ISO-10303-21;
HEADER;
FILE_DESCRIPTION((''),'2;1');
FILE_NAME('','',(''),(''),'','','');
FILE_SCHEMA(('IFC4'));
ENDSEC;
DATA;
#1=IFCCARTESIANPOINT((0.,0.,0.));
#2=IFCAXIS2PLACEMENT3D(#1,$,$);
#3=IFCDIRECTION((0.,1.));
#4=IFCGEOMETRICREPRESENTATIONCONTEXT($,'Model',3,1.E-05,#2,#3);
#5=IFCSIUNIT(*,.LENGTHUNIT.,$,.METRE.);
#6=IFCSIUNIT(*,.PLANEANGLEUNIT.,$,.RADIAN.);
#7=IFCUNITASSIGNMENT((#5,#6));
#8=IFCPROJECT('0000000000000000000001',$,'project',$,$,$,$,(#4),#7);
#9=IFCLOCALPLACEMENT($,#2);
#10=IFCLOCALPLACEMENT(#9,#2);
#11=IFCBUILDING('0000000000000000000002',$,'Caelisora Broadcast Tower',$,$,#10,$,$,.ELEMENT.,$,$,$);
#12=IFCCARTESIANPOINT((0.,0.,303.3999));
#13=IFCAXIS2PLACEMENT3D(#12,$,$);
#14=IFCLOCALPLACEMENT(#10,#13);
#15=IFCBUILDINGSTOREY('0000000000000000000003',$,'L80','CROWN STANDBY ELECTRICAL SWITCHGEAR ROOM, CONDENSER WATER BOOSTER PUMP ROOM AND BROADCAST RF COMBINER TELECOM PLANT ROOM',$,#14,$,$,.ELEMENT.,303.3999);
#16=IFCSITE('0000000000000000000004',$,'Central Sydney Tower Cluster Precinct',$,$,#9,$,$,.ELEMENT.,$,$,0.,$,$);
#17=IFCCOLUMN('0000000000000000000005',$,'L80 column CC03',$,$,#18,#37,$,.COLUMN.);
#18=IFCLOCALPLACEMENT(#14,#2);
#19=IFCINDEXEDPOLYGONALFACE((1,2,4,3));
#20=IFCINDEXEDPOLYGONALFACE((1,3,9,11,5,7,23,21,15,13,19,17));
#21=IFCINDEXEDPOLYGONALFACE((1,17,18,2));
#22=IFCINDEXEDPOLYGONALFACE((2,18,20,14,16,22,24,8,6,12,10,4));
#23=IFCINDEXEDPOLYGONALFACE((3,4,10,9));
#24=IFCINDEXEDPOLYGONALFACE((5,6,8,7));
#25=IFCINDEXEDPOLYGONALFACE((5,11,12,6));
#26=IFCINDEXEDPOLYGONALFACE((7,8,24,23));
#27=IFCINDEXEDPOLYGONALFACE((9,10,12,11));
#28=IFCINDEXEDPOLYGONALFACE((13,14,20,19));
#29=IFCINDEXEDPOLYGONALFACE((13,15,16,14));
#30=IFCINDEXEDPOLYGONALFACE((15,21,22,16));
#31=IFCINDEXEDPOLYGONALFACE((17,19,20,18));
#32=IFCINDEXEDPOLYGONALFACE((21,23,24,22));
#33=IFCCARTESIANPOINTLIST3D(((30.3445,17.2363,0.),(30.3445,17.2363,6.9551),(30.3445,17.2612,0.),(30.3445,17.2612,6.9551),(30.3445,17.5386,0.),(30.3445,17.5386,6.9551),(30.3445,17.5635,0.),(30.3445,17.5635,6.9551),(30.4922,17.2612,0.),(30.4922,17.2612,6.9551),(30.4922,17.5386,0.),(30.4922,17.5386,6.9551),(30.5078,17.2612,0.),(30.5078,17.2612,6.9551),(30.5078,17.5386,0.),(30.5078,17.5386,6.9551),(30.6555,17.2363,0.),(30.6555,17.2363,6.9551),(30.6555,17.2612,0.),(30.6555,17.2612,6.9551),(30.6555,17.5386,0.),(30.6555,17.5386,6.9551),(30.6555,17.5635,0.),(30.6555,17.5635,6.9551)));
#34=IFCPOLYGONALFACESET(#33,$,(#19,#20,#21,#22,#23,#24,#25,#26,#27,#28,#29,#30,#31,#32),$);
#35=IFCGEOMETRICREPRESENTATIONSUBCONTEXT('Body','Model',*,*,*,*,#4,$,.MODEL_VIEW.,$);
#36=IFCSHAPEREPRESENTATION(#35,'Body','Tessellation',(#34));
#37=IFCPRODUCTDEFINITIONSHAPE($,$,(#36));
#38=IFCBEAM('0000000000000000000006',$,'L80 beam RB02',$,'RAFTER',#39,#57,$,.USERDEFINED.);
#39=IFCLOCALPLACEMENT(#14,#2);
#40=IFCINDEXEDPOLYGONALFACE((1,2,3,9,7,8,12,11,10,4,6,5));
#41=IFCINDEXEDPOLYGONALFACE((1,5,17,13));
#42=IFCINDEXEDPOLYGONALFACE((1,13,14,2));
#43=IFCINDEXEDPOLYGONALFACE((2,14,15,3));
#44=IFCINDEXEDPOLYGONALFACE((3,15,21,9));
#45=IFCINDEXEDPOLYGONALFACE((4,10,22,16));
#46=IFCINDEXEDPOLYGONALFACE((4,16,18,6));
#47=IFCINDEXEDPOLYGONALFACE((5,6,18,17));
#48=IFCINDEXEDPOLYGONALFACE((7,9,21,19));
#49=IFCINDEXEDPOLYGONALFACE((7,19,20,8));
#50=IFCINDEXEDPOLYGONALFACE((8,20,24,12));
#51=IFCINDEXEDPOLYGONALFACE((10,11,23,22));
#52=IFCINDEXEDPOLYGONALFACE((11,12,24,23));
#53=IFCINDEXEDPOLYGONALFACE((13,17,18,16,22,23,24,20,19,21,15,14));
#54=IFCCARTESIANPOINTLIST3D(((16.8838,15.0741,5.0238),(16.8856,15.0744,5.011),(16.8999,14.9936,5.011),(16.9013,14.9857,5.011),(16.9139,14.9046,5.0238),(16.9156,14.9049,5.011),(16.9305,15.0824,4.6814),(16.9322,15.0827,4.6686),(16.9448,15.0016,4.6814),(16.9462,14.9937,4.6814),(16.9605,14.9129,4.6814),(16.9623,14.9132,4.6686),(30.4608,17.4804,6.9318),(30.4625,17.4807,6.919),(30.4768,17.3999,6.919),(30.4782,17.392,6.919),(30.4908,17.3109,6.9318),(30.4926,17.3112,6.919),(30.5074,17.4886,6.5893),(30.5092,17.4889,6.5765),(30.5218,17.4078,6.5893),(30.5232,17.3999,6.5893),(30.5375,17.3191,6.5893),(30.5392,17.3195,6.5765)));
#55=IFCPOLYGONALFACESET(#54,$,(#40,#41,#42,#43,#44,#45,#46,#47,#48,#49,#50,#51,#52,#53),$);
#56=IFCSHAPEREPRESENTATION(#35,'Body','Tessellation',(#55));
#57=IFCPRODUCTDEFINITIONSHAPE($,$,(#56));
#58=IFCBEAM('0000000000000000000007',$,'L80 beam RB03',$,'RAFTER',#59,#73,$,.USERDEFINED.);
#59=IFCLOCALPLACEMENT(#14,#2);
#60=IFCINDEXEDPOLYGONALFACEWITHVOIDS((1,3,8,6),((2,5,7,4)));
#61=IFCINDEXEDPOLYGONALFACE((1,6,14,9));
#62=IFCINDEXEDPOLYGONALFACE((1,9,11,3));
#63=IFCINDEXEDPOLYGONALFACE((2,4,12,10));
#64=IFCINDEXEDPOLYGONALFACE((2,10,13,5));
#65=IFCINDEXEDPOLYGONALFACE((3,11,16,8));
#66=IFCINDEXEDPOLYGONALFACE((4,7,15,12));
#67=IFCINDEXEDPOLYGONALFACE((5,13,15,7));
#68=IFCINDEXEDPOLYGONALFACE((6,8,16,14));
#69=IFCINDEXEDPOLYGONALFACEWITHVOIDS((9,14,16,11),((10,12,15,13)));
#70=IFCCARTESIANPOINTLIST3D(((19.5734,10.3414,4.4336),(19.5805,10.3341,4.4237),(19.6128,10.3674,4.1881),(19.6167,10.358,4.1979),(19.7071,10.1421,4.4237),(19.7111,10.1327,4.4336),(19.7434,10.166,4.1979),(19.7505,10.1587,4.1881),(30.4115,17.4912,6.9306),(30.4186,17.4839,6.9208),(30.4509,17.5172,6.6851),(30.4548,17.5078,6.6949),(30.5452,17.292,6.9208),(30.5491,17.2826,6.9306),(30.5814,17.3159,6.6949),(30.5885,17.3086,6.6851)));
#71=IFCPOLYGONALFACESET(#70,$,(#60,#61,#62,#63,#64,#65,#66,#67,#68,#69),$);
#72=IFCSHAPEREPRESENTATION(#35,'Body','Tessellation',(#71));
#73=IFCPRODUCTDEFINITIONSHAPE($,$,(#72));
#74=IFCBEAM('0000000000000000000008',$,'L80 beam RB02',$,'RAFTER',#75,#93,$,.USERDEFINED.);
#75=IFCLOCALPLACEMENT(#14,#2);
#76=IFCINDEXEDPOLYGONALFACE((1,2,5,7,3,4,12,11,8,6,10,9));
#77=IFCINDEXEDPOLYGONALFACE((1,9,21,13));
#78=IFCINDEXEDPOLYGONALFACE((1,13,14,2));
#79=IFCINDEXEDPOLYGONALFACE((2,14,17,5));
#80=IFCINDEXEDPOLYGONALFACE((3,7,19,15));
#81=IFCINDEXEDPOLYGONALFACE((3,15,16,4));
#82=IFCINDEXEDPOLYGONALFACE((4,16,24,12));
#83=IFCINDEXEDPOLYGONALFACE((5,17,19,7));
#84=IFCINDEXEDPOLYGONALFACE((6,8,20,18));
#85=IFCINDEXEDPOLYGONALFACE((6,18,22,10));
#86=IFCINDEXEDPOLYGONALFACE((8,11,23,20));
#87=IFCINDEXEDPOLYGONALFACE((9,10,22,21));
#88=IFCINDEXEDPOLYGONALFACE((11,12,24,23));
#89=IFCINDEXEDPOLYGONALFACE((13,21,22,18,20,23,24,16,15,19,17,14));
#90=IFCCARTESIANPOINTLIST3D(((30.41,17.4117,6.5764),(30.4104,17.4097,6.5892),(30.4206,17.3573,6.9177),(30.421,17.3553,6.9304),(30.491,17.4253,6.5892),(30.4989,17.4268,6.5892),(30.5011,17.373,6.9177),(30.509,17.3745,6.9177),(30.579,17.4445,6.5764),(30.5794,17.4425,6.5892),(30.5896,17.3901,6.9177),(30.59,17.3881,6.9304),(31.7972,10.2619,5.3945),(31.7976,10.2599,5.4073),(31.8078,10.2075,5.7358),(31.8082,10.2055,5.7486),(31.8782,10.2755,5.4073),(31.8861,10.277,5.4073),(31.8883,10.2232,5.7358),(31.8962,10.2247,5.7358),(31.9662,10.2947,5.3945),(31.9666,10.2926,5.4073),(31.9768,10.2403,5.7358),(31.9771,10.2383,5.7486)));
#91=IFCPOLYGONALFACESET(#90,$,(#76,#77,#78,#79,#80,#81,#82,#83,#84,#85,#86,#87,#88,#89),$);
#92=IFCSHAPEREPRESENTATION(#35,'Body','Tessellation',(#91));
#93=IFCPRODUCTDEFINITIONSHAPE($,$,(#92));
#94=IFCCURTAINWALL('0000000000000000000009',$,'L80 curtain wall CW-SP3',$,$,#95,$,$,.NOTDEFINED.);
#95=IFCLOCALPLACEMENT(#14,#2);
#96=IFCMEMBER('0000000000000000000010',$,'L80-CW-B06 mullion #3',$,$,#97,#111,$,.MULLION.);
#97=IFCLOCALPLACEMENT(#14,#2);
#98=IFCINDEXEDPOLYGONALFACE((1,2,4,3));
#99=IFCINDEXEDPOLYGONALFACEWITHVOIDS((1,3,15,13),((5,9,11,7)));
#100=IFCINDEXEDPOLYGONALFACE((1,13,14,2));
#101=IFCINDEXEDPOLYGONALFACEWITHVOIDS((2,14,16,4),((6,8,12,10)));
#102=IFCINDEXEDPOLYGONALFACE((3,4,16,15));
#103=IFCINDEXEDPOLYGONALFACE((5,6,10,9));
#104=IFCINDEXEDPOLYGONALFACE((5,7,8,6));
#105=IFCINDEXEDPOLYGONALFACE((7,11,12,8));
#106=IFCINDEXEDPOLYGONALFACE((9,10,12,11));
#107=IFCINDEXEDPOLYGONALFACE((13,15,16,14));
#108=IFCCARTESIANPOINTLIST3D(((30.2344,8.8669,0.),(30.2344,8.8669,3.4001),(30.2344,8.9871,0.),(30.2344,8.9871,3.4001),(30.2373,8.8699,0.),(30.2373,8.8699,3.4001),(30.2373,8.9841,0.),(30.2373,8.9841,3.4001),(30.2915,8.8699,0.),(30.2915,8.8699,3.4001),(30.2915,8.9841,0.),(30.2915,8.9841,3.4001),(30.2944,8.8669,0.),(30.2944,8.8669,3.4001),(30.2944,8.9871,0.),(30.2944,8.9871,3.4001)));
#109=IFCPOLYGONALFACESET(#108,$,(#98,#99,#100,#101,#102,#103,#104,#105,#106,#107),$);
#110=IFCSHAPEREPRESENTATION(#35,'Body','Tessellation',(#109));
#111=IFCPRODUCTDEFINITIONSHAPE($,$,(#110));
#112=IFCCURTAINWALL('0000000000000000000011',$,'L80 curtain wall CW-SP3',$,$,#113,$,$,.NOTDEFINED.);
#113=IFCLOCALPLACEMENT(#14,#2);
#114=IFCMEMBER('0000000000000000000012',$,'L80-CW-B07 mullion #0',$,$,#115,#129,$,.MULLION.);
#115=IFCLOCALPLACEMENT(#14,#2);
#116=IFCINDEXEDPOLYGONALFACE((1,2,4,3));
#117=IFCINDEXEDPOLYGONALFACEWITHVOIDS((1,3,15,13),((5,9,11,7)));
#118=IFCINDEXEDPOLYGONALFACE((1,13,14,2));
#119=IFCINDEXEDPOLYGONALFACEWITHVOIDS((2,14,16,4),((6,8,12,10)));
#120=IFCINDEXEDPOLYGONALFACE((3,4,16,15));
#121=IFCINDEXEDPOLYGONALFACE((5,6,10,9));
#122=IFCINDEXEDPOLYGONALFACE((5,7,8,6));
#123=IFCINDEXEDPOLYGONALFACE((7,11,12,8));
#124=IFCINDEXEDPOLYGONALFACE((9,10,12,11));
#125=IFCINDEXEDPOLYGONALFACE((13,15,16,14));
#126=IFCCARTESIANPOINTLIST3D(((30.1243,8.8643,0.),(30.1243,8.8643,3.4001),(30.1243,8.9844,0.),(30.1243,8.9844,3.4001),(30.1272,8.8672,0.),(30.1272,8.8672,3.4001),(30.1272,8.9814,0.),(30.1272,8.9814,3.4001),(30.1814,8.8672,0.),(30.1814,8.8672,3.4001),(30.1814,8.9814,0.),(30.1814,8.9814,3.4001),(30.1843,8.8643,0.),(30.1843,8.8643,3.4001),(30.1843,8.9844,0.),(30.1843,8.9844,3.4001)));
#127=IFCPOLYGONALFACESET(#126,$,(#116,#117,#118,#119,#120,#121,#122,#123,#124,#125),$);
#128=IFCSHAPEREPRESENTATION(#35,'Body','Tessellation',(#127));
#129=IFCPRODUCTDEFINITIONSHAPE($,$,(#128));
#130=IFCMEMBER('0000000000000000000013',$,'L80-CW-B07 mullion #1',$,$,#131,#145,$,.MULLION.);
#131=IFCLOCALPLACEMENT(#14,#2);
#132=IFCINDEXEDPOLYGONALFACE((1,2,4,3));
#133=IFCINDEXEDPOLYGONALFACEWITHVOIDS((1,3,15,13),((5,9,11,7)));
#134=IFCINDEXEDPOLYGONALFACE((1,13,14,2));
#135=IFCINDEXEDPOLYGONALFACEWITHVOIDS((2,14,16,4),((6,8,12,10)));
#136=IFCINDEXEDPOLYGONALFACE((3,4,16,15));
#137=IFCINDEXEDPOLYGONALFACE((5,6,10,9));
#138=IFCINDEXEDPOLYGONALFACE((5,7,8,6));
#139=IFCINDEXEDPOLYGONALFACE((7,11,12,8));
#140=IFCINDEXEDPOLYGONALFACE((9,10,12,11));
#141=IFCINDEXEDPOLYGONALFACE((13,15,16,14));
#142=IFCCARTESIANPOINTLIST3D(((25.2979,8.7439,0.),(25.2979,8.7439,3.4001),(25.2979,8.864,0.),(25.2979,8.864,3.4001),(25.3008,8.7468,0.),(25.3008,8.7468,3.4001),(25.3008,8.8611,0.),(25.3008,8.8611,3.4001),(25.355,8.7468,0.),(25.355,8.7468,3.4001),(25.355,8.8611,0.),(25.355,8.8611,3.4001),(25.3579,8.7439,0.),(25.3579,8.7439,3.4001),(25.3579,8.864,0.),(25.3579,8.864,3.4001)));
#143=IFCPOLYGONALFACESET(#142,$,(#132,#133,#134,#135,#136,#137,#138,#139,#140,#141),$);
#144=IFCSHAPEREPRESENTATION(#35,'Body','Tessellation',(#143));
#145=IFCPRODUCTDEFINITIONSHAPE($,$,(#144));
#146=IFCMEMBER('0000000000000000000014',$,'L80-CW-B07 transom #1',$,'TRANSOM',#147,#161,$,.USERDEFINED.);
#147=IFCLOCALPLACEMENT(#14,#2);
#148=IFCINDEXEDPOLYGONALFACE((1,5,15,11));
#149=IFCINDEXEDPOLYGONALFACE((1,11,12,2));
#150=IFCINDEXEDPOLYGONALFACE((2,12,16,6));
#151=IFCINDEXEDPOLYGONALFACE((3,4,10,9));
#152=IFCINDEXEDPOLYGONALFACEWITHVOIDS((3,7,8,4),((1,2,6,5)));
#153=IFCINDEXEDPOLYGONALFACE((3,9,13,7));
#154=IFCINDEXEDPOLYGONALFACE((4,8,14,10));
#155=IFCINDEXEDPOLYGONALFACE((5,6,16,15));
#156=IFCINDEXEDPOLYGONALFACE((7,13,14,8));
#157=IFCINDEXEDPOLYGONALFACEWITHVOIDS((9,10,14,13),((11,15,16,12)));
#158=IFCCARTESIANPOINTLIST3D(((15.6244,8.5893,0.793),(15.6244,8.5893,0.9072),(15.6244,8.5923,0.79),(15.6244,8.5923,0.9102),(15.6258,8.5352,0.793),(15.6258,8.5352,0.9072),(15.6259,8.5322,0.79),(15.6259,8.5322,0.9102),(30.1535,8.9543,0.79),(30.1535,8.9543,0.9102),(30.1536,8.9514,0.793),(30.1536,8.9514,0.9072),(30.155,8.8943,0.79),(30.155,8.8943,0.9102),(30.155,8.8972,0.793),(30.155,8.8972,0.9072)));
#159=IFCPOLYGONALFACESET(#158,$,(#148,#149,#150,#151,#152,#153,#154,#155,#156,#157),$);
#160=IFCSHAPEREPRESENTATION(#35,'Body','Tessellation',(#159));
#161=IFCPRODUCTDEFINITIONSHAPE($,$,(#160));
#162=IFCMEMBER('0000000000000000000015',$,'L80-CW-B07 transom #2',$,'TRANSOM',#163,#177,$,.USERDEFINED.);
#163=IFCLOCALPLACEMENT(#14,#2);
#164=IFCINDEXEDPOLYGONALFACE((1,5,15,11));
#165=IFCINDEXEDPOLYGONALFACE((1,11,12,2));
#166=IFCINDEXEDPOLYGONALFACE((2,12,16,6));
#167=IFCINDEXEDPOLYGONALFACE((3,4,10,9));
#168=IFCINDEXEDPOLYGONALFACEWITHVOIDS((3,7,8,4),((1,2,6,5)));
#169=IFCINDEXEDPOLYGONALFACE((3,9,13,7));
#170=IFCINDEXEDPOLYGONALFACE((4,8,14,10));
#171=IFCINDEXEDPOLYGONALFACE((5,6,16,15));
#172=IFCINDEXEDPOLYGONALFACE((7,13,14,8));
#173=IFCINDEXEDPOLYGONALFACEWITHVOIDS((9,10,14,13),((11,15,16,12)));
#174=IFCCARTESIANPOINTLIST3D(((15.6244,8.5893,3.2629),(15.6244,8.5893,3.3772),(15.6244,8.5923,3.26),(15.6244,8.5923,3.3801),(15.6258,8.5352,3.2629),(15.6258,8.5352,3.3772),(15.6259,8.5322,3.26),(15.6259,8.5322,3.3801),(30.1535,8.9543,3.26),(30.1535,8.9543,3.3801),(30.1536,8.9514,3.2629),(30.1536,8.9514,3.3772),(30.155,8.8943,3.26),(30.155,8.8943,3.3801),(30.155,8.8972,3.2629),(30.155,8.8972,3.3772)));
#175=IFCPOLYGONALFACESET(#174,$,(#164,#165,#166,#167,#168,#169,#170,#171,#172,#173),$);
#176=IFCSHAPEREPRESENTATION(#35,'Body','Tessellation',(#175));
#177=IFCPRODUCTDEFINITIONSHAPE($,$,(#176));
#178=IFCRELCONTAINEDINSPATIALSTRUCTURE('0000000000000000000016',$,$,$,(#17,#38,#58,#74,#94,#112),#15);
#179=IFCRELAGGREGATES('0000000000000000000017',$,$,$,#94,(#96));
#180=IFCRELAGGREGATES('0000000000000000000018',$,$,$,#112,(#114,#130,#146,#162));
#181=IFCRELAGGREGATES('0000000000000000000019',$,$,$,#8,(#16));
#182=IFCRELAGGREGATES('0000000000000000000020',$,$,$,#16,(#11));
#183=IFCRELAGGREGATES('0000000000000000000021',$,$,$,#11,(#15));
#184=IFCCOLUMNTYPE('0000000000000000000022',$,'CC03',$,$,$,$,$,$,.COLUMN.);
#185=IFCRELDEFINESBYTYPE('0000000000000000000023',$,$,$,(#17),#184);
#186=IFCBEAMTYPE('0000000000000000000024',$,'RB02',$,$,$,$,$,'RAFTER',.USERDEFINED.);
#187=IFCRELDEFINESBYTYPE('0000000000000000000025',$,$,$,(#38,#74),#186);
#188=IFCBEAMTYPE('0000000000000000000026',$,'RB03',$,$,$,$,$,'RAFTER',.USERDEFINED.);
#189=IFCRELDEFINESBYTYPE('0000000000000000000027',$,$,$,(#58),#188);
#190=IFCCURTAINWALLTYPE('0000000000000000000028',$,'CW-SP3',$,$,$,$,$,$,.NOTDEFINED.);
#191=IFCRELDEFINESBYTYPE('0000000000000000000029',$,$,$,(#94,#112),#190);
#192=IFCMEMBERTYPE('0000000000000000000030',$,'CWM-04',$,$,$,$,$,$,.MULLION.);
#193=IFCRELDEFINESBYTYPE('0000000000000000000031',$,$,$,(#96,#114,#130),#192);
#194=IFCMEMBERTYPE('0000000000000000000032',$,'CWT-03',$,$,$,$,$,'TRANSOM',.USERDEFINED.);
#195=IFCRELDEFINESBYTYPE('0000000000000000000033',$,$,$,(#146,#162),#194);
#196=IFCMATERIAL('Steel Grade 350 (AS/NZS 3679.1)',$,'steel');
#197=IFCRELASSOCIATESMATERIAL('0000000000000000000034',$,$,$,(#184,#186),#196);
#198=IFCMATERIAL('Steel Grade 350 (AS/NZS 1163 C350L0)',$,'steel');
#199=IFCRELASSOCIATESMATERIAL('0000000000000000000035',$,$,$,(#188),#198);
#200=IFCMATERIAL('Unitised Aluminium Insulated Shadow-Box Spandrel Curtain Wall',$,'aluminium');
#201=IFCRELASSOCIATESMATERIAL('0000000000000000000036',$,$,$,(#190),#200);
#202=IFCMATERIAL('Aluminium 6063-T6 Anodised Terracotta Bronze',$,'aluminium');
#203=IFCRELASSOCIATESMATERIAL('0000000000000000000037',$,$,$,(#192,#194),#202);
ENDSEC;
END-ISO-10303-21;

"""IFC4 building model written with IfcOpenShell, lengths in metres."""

from ifc_helpers import new_model, si_unit, direction, frame, origin, origin_2d, place, context, subcontext, project, spatial, hollow_rectangle, i_section, extrude, source, transform, mapped, material, material_profile, profile_set, type_object, type_shapes, element, aggregate, save


model = new_model("IFC4")

# Units and contexts
model_context = context("Model", 3, precision=1e-05, world=origin(), true_north=direction((0.0, 1.0)))
body_context = subcontext(model_context, "Body", "Model", "MODEL_VIEW")
ifc_project = project(units=[si_unit("LENGTHUNIT", "METRE"), si_unit("PLANEANGLEUNIT", "RADIAN")], contexts=[model_context])

# Site, building, storey
site_placement = place(None, origin())
site = spatial("IfcSite", under=ifc_project, at=site_placement, Name="Central Sydney Tower Cluster Precinct", CompositionType="ELEMENT", RefElevation=0.0)
building_placement = place(site_placement, origin())
building = spatial("IfcBuilding", under=site, at=building_placement, Name="Caelisora Broadcast Tower", CompositionType="ELEMENT")
storey_placement = place(building_placement, frame((0.0, 0.0, 303.3999)))
storey = spatial("IfcBuildingStorey", under=building, at=storey_placement, Name="L80", Description="CROWN STANDBY ELECTRICAL SWITCHGEAR ROOM, CONDENSER WATER BOOSTER PUMP ROOM AND BROADCAST RF COMBINER TELECOM PLANT ROOM", CompositionType="ELEMENT", Elevation=303.3999)

# Column
ifc_material_1 = material(Name="Steel Grade 350 (AS/NZS 3679.1)", Category="steel")
ifc_material_profile_1 = material_profile(ifc_material_1, i_section(OverallWidth=0.311, OverallDepth=0.3271, WebThickness=0.0156, FlangeThickness=0.0249, at=origin_2d()), Name="Steel Grade 350 (AS/NZS 3679.1)")
ifc_profile_set_1 = profile_set([ifc_material_profile_1], Name="Steel Grade 350 (AS/NZS 3679.1)")
column_type = type_object("IfcColumnType", Name="CC03", PredefinedType="COLUMN", material=ifc_profile_set_1)
shared_shape_1 = source(origin(), body_context, "Body", "SweptSolid", [
    extrude(i_section(OverallWidth=0.311, OverallDepth=0.3271, WebThickness=0.0156, FlangeThickness=0.0249, at=origin_2d()), origin(), (0.0, 0.0, 1.0), 6.9551),
])
type_shapes(column_type, [shared_shape_1])
column_placement = place(storey_placement, frame((30.5, 17.3999, 0.0), z_axis=(0.0, 0.0, 1.0), x_axis=(1.0, 0.0, 0.0)))
element("IfcColumn", 1, at=column_placement, inside=storey, type_object=column_type, Name="L80 column CC03", PredefinedType="COLUMN", context=body_context, shape_type="MappedRepresentation", body=[
    mapped(shared_shape_1, transform((0.0, 0.0, 0.0), scale=1.0)),
])

# Beams
ifc_material_profile_2 = material_profile(ifc_material_1, i_section(OverallWidth=0.1721, OverallDepth=0.3586, WebThickness=0.0081, FlangeThickness=0.0129, at=origin_2d()), Name="Steel Grade 350 (AS/NZS 3679.1)")
ifc_profile_set_2 = profile_set([ifc_material_profile_2], Name="Steel Grade 350 (AS/NZS 3679.1)")
beam_type_1 = type_object("IfcBeamType", Name="RB02", ElementType="RAFTER", PredefinedType="USERDEFINED", material=ifc_profile_set_2)
shared_shape_2 = source(origin(), body_context, "Body", "SweptSolid", [
    extrude(i_section(OverallWidth=0.1721, OverallDepth=0.3586, WebThickness=0.0081, FlangeThickness=0.0129, at=origin_2d()), origin(), (0.0, 0.0, 1.0), 13.9199),
])
beam_1_placement = place(storey_placement, frame((30.5, 17.3999, 6.7542), z_axis=(-0.975362, -0.172864, -0.137067), x_axis=(0.174512, -0.984655, 0.0)))
element("IfcBeam", 2, at=beam_1_placement, inside=storey, type_object=beam_type_1, Name="L80 beam RB02", ObjectType="RAFTER", PredefinedType="USERDEFINED", context=body_context, shape_type="MappedRepresentation", body=[
    mapped(shared_shape_2, transform((0.0, 0.0, 0.0), scale=1.0)),
])
ifc_material_2 = material(Name="Steel Grade 350 (AS/NZS 1163 C350L0)", Category="steel")
ifc_material_profile_3 = material_profile(ifc_material_2, hollow_rectangle(XDim=0.25, YDim=0.25, WallThickness=0.01, at=origin_2d()), Name="Steel Grade 350 (AS/NZS 1163 C350L0)")
ifc_profile_set_3 = profile_set([ifc_material_profile_3], Name="Steel Grade 350 (AS/NZS 1163 C350L0)")
beam_type_2 = type_object("IfcBeamType", Name="RB03", ElementType="RAFTER", PredefinedType="USERDEFINED", material=ifc_profile_set_3)
shared_shape_3 = source(origin(), body_context, "Body", "SweptSolid", [
    extrude(hollow_rectangle(XDim=0.25, YDim=0.25, WallThickness=0.01, at=origin_2d()), origin(), (0.0, 0.0, 1.0), 13.2219),
])
type_shapes(beam_type_2, [shared_shape_3])
beam_2_placement = place(storey_placement, frame((30.5, 17.3999, 6.8079), z_axis=(-0.819704, -0.540757, -0.188857), x_axis=(0.550667, -0.834725, 0.0)))
element("IfcBeam", 3, at=beam_2_placement, inside=storey, type_object=beam_type_2, Name="L80 beam RB03", ObjectType="RAFTER", PredefinedType="USERDEFINED", context=body_context, shape_type="MappedRepresentation", body=[
    mapped(shared_shape_3, transform((0.0, 0.0, 0.0), scale=1.0)),
])
shared_shape_4 = source(origin(), body_context, "Body", "SweptSolid", [
    extrude(i_section(OverallWidth=0.1721, OverallDepth=0.3586, WebThickness=0.0081, FlangeThickness=0.0129, at=origin_2d()), origin(), (0.0, 0.0, 1.0), 7.3784),
])
type_shapes(beam_type_1, [shared_shape_2, shared_shape_4])
beam_3_placement = place(storey_placement, frame((30.5, 17.3999, 6.7534), z_axis=(0.188007, -0.969018, -0.160179), x_axis=(0.981694, 0.190466, 0.0)))
element("IfcBeam", 4, at=beam_3_placement, inside=storey, type_object=beam_type_1, Name="L80 beam RB02", ObjectType="RAFTER", PredefinedType="USERDEFINED", context=body_context, shape_type="MappedRepresentation", body=[
    mapped(shared_shape_4, transform((0.0, 0.0, 0.0), scale=1.0)),
])

# Curtain wall, member
ifc_material_3 = material(Name="Unitised Aluminium Insulated Shadow-Box Spandrel Curtain Wall", Category="aluminium")
curtain_wall_type = type_object("IfcCurtainWallType", Name="CW-SP3", PredefinedType="NOTDEFINED", material=ifc_material_3)
curtain_wall_1_placement = place(storey_placement, origin())
curtain_wall_1 = element("IfcCurtainWall", 5, at=curtain_wall_1_placement, inside=storey, type_object=curtain_wall_type, Name="L80 curtain wall CW-SP3", PredefinedType="NOTDEFINED")
ifc_material_4 = material(Name="Aluminium 6063-T6 Anodised Terracotta Bronze", Category="aluminium")
ifc_material_profile_4 = material_profile(ifc_material_4, hollow_rectangle(XDim=0.0601, YDim=0.1201, WallThickness=0.0029, at=origin_2d()), Name="Aluminium 6063-T6 Anodised Terracotta Bronze")
ifc_profile_set_4 = profile_set([ifc_material_profile_4], Name="Aluminium 6063-T6 Anodised Terracotta Bronze")
member_type_1 = type_object("IfcMemberType", Name="CWM-04", PredefinedType="MULLION", material=ifc_profile_set_4)
shared_shape_5 = source(origin(), body_context, "Body", "SweptSolid", [
    extrude(hollow_rectangle(XDim=0.0601, YDim=0.1201, WallThickness=0.0029, at=origin_2d()), origin(), (0.0, 0.0, 1.0), 3.4001),
])
type_shapes(member_type_1, [shared_shape_5])
member_1_placement = place(storey_placement, frame((30.2644, 8.927, 0.0), z_axis=(0.0, 0.0, 1.0), x_axis=(1.0, 0.0, 0.0)))
member_1 = element("IfcMember", 6, at=member_1_placement, type_object=member_type_1, Name="L80-CW-B06 mullion #3", PredefinedType="MULLION", context=body_context, shape_type="MappedRepresentation", body=[
    mapped(shared_shape_5, transform((0.0, 0.0, 0.0), scale=1.0)),
])
aggregate(curtain_wall_1, [member_1])

# Curtain wall, members
curtain_wall_2_placement = place(storey_placement, origin())
curtain_wall_2 = element("IfcCurtainWall", 7, at=curtain_wall_2_placement, inside=storey, type_object=curtain_wall_type, Name="L80 curtain wall CW-SP3", PredefinedType="NOTDEFINED")
member_2_placement = place(storey_placement, frame((30.1543, 8.9243, 0.0), z_axis=(0.0, 0.0, 1.0), x_axis=(1.0, 0.0, 0.0)))
member_2 = element("IfcMember", 8, at=member_2_placement, type_object=member_type_1, Name="L80-CW-B07 mullion #0", PredefinedType="MULLION", context=body_context, shape_type="MappedRepresentation", body=[
    mapped(shared_shape_5, transform((0.0, 0.0, 0.0), scale=1.0)),
])
member_3_placement = place(storey_placement, frame((25.3279, 8.804, 0.0), z_axis=(0.0, 0.0, 1.0), x_axis=(1.0, 0.0, 0.0)))
member_3 = element("IfcMember", 9, at=member_3_placement, type_object=member_type_1, Name="L80-CW-B07 mullion #1", PredefinedType="MULLION", context=body_context, shape_type="MappedRepresentation", body=[
    mapped(shared_shape_5, transform((0.0, 0.0, 0.0), scale=1.0)),
])
ifc_material_profile_5 = material_profile(ifc_material_4, hollow_rectangle(XDim=0.0601, YDim=0.1201, WallThickness=0.0029, at=origin_2d()), Name="Aluminium 6063-T6 Anodised Terracotta Bronze")
ifc_profile_set_5 = profile_set([ifc_material_profile_5], Name="Aluminium 6063-T6 Anodised Terracotta Bronze")
member_type_2 = type_object("IfcMemberType", Name="CWT-03", ElementType="TRANSOM", PredefinedType="USERDEFINED", material=ifc_profile_set_5)
shared_shape_6 = source(origin(), body_context, "Body", "SweptSolid", [
    extrude(hollow_rectangle(XDim=0.0601, YDim=0.1201, WallThickness=0.0029, at=origin_2d()), origin(), (0.0, 0.0, 1.0), 14.5337),
])
type_shapes(member_type_2, [shared_shape_6])
member_4_placement = place(storey_placement, frame((30.1543, 8.9243, 0.8501), z_axis=(-0.99969, -0.024912, 0.0), x_axis=(0.024912, -0.99969, 0.0)))
member_4 = element("IfcMember", 10, at=member_4_placement, type_object=member_type_2, Name="L80-CW-B07 transom #1", ObjectType="TRANSOM", PredefinedType="USERDEFINED", context=body_context, shape_type="MappedRepresentation", body=[
    mapped(shared_shape_6, transform((0.0, 0.0, 0.0), scale=1.0)),
])
member_5_placement = place(storey_placement, frame((30.1543, 8.9243, 3.3201), z_axis=(-0.99969, -0.024912, 0.0), x_axis=(0.024912, -0.99969, 0.0)))
member_5 = element("IfcMember", 11, at=member_5_placement, type_object=member_type_2, Name="L80-CW-B07 transom #2", ObjectType="TRANSOM", PredefinedType="USERDEFINED", context=body_context, shape_type="MappedRepresentation", body=[
    mapped(shared_shape_6, transform((0.0, 0.0, 0.0), scale=1.0)),
])
aggregate(curtain_wall_2, [member_2, member_3, member_4, member_5])

save(model, "model.ifc")
